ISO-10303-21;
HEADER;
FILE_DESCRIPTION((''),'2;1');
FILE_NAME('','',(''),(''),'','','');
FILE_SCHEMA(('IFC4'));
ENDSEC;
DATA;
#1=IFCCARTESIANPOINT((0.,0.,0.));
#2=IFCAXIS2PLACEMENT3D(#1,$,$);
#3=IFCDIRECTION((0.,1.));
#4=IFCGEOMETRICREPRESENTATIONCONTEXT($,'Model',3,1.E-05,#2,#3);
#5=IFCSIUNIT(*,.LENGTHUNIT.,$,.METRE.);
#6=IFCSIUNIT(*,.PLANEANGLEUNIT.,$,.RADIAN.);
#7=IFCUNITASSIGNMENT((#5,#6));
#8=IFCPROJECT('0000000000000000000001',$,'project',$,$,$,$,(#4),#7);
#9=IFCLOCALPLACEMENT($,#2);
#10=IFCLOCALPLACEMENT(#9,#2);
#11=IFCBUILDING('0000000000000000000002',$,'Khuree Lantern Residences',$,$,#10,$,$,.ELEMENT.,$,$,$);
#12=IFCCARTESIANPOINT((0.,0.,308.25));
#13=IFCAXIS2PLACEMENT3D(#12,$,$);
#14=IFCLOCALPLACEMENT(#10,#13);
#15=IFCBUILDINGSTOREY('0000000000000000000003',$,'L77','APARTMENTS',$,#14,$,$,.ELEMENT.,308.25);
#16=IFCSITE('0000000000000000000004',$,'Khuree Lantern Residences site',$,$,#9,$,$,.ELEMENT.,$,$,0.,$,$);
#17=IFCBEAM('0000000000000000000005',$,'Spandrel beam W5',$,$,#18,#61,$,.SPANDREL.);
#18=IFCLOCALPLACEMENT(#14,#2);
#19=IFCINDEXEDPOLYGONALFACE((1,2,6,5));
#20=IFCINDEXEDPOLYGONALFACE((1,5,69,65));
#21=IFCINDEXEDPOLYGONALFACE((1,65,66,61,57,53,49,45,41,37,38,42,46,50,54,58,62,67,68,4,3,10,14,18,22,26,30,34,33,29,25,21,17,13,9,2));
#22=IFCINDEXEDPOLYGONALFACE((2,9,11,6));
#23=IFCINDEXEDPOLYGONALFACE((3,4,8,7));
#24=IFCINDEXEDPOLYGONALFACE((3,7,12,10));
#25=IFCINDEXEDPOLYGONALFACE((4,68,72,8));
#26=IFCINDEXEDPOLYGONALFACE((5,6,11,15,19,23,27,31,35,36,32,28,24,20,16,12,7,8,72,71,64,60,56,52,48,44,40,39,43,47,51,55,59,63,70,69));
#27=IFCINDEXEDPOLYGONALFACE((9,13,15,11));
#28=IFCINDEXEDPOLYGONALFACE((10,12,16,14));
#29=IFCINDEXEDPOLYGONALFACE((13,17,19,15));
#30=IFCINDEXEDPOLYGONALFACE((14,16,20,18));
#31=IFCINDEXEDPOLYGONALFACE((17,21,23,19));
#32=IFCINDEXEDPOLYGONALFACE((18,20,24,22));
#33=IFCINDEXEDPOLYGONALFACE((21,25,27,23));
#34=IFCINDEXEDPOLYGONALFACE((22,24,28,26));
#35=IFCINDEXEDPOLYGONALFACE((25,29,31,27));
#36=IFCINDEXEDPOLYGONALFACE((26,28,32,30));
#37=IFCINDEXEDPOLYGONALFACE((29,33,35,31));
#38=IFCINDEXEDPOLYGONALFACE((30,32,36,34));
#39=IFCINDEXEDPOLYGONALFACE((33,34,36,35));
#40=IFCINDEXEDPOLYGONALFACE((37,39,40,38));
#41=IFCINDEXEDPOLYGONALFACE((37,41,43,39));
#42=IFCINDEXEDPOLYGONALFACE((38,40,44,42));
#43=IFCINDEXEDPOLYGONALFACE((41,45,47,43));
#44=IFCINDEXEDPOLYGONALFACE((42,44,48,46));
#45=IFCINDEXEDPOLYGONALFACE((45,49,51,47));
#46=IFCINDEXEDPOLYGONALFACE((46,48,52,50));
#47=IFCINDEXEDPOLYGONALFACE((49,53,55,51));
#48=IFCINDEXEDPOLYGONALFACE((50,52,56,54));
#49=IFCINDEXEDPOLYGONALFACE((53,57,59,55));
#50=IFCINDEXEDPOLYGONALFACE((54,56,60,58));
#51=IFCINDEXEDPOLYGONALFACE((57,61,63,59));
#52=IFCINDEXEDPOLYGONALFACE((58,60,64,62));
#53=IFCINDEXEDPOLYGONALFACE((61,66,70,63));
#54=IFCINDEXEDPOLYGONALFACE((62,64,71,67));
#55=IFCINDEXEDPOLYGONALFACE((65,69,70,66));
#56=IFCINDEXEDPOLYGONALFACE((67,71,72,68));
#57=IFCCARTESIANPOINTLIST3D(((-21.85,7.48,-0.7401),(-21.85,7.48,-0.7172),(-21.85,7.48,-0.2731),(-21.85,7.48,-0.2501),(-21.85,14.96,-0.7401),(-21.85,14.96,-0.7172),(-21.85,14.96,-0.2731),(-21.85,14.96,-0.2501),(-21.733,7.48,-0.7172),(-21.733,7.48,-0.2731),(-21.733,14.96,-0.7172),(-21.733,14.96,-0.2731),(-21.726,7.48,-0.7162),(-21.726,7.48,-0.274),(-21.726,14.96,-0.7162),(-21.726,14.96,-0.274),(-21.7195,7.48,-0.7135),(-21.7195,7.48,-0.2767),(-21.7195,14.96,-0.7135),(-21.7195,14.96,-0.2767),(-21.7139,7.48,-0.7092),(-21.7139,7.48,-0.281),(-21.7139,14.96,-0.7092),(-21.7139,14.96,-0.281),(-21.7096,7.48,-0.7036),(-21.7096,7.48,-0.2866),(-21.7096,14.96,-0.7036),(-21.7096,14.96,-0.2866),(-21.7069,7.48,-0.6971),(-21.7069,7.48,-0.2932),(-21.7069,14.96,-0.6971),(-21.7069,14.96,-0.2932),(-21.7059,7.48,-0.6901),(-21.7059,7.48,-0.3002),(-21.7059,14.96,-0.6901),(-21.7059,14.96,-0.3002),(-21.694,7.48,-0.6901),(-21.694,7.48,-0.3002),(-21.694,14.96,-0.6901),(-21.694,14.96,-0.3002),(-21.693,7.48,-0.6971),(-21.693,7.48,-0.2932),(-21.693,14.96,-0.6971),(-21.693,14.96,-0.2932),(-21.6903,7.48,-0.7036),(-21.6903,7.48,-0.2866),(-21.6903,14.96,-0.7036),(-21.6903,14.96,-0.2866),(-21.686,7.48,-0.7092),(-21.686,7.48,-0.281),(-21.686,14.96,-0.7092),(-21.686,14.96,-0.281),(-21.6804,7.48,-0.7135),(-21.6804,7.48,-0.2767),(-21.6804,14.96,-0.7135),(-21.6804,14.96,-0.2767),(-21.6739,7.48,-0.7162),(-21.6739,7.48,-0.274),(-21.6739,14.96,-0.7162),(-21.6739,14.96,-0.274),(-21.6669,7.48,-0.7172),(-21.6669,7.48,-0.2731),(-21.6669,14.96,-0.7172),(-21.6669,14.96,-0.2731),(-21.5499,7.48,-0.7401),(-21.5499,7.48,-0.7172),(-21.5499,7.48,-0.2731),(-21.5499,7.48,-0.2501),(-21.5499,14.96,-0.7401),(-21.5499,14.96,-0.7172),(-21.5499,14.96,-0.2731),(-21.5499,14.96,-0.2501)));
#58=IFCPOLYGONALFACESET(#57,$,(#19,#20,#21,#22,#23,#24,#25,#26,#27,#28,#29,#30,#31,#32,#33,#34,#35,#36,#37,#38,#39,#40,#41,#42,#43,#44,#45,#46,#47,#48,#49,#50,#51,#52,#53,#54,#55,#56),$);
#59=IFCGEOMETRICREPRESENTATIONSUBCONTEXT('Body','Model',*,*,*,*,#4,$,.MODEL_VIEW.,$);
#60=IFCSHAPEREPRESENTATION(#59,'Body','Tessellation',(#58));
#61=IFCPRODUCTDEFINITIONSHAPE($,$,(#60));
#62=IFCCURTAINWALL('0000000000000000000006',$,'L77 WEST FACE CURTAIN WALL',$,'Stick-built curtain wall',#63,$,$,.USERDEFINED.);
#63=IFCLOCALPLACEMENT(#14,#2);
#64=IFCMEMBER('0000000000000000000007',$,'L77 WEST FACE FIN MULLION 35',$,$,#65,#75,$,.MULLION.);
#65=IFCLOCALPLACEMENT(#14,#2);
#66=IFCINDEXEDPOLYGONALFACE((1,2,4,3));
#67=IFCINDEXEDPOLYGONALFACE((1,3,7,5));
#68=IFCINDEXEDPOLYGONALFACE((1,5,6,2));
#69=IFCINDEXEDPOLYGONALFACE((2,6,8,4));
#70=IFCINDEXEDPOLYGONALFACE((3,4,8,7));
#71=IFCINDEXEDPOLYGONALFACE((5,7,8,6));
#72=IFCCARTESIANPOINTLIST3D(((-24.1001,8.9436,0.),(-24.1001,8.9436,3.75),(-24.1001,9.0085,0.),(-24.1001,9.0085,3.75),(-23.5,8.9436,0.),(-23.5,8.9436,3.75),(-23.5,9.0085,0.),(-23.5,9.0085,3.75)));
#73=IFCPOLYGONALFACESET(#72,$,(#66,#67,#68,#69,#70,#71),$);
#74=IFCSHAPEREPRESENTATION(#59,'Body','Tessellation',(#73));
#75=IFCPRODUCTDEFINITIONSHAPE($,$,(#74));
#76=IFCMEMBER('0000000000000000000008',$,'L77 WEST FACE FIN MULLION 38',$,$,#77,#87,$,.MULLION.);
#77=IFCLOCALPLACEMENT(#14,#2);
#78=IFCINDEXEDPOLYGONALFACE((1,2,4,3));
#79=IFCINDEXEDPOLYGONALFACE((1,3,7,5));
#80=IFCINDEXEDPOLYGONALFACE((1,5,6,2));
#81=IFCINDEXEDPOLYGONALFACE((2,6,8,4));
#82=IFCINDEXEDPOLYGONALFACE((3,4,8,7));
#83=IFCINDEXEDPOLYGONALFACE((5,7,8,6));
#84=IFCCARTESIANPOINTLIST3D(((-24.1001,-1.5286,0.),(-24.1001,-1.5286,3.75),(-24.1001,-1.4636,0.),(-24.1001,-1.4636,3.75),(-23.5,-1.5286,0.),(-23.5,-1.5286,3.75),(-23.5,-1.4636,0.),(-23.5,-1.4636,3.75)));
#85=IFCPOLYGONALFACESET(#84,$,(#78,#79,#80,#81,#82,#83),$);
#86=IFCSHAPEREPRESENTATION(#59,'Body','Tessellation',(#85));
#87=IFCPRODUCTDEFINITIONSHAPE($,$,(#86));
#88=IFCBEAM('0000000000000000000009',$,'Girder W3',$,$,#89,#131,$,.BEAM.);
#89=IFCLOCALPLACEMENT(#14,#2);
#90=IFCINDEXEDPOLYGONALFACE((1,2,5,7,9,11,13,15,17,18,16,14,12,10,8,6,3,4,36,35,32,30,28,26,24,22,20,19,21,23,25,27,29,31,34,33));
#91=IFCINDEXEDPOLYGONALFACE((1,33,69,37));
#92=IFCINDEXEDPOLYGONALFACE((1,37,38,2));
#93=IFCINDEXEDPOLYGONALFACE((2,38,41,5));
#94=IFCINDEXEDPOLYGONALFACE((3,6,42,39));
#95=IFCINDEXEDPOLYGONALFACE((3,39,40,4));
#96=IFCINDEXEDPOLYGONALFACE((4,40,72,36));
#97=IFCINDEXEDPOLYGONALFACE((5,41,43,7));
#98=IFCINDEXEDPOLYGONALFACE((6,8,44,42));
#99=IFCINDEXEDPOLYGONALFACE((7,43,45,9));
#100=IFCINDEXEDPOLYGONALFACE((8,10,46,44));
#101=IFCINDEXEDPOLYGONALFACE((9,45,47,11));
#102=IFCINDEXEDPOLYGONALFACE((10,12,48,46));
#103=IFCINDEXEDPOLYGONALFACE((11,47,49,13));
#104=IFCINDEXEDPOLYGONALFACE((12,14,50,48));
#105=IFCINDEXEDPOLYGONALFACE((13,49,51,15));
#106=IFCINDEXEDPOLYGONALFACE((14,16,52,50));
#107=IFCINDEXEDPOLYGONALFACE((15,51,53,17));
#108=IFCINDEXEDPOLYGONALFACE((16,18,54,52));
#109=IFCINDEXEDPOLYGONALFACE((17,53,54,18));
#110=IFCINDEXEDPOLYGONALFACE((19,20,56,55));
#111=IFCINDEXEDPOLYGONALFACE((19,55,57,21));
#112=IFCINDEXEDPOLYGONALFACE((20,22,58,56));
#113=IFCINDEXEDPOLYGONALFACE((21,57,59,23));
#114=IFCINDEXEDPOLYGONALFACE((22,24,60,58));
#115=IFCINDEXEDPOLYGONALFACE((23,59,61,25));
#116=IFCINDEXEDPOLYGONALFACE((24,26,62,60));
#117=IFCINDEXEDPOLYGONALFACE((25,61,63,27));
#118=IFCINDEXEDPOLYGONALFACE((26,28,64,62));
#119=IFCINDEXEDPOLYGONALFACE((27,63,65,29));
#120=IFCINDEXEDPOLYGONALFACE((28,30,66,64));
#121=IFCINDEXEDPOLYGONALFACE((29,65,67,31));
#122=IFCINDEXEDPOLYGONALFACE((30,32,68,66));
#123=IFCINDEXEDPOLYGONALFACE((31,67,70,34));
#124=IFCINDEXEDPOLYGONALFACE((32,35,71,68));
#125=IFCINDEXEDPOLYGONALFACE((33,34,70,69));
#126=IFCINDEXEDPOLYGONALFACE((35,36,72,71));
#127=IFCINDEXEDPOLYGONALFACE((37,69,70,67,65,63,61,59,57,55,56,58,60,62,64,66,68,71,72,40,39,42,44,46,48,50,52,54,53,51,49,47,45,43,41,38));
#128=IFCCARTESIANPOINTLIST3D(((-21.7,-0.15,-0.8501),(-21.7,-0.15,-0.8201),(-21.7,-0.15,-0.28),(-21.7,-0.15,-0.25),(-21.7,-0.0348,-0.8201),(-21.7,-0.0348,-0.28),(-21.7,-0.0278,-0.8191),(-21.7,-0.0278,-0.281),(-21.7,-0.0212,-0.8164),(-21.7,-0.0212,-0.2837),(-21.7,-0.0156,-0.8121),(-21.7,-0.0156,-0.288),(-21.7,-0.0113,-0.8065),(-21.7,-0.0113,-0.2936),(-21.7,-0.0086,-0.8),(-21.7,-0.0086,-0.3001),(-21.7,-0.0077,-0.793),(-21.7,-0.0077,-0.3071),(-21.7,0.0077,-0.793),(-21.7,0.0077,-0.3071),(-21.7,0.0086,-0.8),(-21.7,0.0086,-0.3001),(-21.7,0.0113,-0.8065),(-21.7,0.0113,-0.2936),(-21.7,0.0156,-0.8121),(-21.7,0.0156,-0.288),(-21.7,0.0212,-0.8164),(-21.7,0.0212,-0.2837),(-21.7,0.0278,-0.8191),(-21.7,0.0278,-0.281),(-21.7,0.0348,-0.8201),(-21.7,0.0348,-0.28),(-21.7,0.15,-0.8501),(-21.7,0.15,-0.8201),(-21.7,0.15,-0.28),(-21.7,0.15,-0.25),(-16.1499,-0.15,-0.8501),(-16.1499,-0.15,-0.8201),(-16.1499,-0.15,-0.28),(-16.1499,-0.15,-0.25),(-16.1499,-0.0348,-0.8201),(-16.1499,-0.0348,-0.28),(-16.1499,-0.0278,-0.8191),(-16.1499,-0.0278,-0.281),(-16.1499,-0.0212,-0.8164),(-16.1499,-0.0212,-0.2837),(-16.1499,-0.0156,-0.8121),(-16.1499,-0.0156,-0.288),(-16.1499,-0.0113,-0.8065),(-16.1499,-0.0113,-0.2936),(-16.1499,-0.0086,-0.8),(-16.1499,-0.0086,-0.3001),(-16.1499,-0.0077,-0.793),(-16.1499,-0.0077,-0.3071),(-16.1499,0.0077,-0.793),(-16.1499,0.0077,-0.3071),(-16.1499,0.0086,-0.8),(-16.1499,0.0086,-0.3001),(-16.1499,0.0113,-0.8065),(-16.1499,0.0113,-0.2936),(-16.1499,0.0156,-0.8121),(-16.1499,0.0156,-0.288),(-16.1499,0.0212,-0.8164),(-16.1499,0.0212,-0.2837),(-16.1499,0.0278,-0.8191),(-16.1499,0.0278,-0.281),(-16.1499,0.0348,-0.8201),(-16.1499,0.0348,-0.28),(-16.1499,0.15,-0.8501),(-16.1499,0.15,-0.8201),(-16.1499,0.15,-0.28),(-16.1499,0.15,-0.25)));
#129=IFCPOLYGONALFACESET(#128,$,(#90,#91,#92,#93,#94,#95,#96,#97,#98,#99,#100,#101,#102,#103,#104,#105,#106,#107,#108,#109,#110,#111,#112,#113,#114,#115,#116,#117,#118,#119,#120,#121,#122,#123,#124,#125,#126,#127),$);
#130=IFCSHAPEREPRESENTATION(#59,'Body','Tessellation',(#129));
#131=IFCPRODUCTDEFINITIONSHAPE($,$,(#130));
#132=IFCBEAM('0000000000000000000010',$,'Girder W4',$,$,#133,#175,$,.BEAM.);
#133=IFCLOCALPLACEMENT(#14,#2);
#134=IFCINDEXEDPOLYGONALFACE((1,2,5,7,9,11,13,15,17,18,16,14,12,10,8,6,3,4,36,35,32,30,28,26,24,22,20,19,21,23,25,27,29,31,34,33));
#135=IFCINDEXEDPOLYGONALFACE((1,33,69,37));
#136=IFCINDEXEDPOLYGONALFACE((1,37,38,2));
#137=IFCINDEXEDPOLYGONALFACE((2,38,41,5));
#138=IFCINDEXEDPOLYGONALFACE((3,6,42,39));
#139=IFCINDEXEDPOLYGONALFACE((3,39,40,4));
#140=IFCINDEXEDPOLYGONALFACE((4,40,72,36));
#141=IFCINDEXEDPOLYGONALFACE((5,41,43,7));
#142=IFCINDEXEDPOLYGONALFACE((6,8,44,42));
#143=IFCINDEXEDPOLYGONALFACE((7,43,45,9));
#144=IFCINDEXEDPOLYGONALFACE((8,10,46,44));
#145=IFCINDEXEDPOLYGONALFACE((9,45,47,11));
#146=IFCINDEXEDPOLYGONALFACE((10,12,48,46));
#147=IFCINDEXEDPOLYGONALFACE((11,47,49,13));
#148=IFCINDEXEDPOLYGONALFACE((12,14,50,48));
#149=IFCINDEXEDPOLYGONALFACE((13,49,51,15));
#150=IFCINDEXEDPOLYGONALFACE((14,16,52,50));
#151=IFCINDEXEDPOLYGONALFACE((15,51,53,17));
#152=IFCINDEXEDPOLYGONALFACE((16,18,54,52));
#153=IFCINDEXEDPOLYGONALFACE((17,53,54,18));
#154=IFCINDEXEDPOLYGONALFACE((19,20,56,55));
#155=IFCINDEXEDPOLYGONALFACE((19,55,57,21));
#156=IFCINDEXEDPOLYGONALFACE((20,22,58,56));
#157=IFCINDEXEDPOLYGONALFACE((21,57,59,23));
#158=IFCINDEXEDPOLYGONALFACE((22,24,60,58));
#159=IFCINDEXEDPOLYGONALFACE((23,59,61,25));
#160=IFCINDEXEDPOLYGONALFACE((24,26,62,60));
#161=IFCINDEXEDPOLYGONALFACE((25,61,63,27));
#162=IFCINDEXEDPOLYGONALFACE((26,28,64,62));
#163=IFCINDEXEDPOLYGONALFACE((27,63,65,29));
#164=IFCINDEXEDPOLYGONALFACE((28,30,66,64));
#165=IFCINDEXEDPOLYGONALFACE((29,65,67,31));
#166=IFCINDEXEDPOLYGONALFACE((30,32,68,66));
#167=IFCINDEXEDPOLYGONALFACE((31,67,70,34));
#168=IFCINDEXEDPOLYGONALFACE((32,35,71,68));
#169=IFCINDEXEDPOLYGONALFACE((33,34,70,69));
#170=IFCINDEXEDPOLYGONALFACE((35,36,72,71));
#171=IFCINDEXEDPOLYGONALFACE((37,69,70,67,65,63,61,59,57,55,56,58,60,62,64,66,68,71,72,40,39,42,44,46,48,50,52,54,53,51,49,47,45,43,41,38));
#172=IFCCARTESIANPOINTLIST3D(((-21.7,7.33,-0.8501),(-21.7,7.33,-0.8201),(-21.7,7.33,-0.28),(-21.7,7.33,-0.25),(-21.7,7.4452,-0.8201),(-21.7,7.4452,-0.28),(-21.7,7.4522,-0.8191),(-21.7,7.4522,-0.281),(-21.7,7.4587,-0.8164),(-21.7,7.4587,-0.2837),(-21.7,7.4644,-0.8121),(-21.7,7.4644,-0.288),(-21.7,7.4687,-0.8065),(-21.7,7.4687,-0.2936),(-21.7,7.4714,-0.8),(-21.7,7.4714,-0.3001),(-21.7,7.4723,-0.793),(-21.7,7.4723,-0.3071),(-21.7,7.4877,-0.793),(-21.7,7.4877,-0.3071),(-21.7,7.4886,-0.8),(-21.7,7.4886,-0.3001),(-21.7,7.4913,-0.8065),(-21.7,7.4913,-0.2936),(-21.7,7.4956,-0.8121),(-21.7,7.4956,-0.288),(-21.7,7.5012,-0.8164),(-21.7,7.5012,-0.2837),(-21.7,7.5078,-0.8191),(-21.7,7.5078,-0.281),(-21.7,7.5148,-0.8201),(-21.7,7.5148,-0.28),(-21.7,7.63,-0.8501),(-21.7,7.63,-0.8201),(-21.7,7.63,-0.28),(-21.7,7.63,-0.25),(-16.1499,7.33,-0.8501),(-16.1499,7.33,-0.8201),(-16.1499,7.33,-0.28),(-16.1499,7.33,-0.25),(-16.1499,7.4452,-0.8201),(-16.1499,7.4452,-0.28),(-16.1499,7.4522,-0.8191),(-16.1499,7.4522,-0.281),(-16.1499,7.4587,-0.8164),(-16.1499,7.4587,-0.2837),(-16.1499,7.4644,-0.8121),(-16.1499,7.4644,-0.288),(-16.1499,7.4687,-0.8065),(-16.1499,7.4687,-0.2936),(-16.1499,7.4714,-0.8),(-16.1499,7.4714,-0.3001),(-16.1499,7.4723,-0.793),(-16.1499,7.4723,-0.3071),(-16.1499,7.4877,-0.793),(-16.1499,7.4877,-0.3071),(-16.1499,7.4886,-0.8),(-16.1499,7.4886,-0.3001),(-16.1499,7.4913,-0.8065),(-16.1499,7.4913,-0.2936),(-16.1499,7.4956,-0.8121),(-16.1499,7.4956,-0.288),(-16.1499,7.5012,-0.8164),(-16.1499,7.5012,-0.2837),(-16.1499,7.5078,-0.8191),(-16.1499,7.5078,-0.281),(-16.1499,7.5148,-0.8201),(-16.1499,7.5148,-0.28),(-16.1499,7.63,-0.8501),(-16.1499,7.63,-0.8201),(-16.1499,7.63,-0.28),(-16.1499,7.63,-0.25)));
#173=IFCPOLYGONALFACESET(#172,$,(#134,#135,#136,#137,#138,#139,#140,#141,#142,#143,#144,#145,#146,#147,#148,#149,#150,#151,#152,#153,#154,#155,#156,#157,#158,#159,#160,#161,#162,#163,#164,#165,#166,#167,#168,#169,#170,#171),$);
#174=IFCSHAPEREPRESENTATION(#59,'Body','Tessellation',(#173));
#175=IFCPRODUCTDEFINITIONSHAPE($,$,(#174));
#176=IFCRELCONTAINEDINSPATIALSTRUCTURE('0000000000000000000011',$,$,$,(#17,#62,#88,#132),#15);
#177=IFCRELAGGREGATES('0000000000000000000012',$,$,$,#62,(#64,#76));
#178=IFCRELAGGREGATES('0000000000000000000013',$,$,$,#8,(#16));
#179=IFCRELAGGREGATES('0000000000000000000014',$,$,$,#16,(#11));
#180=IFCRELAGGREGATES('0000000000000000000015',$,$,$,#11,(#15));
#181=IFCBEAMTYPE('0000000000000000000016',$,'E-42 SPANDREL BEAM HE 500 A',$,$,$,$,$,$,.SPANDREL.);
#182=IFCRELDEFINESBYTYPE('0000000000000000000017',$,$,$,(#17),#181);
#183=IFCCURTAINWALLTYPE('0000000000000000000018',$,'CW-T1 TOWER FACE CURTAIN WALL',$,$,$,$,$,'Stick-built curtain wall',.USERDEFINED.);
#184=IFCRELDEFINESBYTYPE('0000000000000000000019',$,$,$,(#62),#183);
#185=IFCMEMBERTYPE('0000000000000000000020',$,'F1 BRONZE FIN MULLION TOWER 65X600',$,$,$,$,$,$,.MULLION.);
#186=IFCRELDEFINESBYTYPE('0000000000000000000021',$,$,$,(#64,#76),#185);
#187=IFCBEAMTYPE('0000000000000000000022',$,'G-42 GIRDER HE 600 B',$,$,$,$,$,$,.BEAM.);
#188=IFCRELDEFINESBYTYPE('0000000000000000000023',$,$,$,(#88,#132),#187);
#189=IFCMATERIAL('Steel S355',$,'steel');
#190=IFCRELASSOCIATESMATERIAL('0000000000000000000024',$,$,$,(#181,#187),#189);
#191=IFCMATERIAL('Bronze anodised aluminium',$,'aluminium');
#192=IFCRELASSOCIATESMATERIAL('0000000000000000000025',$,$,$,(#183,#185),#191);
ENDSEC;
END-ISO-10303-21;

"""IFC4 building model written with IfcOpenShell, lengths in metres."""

from ifc_helpers import new_model, si_unit, direction, frame, origin, origin_2d, place, context, subcontext, project, spatial, rectangle, i_section, extrude, material, material_profile, profile_set, type_object, element, aggregate, save


model = new_model("IFC4")

# Units and contexts
model_context = context("Model", 3, precision=1e-05, world=origin(), true_north=direction((0.0, 1.0)))
body_context = subcontext(model_context, "Body", "Model", "MODEL_VIEW")
ifc_project = project(units=[si_unit("LENGTHUNIT", "METRE"), si_unit("PLANEANGLEUNIT", "RADIAN")], contexts=[model_context])

# Site, building, storey
site_placement = place(None, origin())
site = spatial("IfcSite", under=ifc_project, at=site_placement, Name="Khuree Lantern Residences site", CompositionType="ELEMENT", RefElevation=0.0)
building_placement = place(site_placement, origin())
building = spatial("IfcBuilding", under=site, at=building_placement, Name="Khuree Lantern Residences", CompositionType="ELEMENT")
storey_placement = place(building_placement, frame((0.0, 0.0, 308.25)))
storey = spatial("IfcBuildingStorey", under=building, at=storey_placement, Name="L77", Description="APARTMENTS", CompositionType="ELEMENT", Elevation=308.25)

# Beam
ifc_material_1 = material(Name="Steel S355", Category="steel")
ifc_material_profile_1 = material_profile(ifc_material_1, i_section(OverallWidth=0.3, OverallDepth=0.49, WebThickness=0.012, FlangeThickness=0.0229, FilletRadius=0.0271, at=origin_2d()), Name="HE 500 A")
ifc_profile_set_1 = profile_set([ifc_material_profile_1], Name="Steel S355")
beam_type_1 = type_object("IfcBeamType", Name="E-42 SPANDREL BEAM HE 500 A", PredefinedType="SPANDREL", material=ifc_profile_set_1)
for number, where, z_axis, x_axis, name in (
    (1, (-21.7, 7.48, -0.4951), (0.0, 1.0, 0.0), (-1.0, 0.0, 0.0), "Spandrel beam W5"),
):
    element("IfcBeam", number, at=place(storey_placement, frame(where, z_axis=z_axis, x_axis=x_axis)), inside=storey, type_object=beam_type_1, Name=name, PredefinedType="SPANDREL", context=body_context, shape_type="SweptSolid", body=[
        extrude(i_section(OverallWidth=0.3, OverallDepth=0.49, WebThickness=0.012, FlangeThickness=0.0229, FilletRadius=0.0271, at=origin_2d()), origin(), (0.0, 0.0, 1.0), 7.48),
    ])

# Curtain wall, members
ifc_material_2 = material(Name="Bronze anodised aluminium", Category="aluminium")
curtain_wall_type = type_object("IfcCurtainWallType", Name="CW-T1 TOWER FACE CURTAIN WALL", ElementType="Stick-built curtain wall", PredefinedType="USERDEFINED", material=ifc_material_2)
curtain_wall_placement = place(storey_placement, origin())
curtain_wall = element("IfcCurtainWall", 2, at=curtain_wall_placement, inside=storey, type_object=curtain_wall_type, Name="L77 WEST FACE CURTAIN WALL", ObjectType="Stick-built curtain wall", PredefinedType="USERDEFINED")
ifc_material_profile_2 = material_profile(ifc_material_2, rectangle(XDim=0.0649, YDim=0.6001, at=origin_2d()), Name="F1 65X600")
ifc_profile_set_2 = profile_set([ifc_material_profile_2], Name="Bronze anodised aluminium")
member_type_1 = type_object("IfcMemberType", Name="F1 BRONZE FIN MULLION TOWER 65X600", PredefinedType="MULLION", material=ifc_profile_set_2)
member_1_placement = place(storey_placement, frame((-23.8, 8.9761, 0.0), z_axis=(0.0, 0.0, 1.0), x_axis=(0.0, -1.0, 0.0)))
member_1 = element("IfcMember", 3, at=member_1_placement, type_object=member_type_1, Name="L77 WEST FACE FIN MULLION 35", PredefinedType="MULLION", context=body_context, shape_type="SweptSolid", body=[
    extrude(rectangle(XDim=0.0649, YDim=0.6001, at=origin_2d()), origin(), (0.0, 0.0, 1.0), 3.75),
])
member_2_placement = place(storey_placement, frame((-23.8, -1.4961, 0.0), z_axis=(0.0, 0.0, 1.0), x_axis=(0.0, -1.0, 0.0)))
member_2 = element("IfcMember", 4, at=member_2_placement, type_object=member_type_1, Name="L77 WEST FACE FIN MULLION 38", PredefinedType="MULLION", context=body_context, shape_type="SweptSolid", body=[
    extrude(rectangle(XDim=0.0649, YDim=0.6001, at=origin_2d()), origin(), (0.0, 0.0, 1.0), 3.75),
])

# Beams
ifc_material_profile_3 = material_profile(ifc_material_1, i_section(OverallWidth=0.3, OverallDepth=0.6001, WebThickness=0.0154, FlangeThickness=0.03, FilletRadius=0.0271, at=origin_2d()), Name="HE 600 B")
ifc_profile_set_3 = profile_set([ifc_material_profile_3], Name="Steel S355")
beam_type_2 = type_object("IfcBeamType", Name="G-42 GIRDER HE 600 B", PredefinedType="BEAM", material=ifc_profile_set_3)
for number, where, z_axis, x_axis, name in (
    (5, (-21.7, 0.0, -0.55), (1.0, 0.0, 0.0), (0.0, 1.0, 0.0), "Girder W3"),
    (6, (-21.7, 7.48, -0.55), (1.0, 0.0, 0.0), (0.0, 1.0, 0.0), "Girder W4"),
):
    element("IfcBeam", number, at=place(storey_placement, frame(where, z_axis=z_axis, x_axis=x_axis)), inside=storey, type_object=beam_type_2, Name=name, PredefinedType="BEAM", context=body_context, shape_type="SweptSolid", body=[
        extrude(i_section(OverallWidth=0.3, OverallDepth=0.6001, WebThickness=0.0154, FlangeThickness=0.03, FilletRadius=0.0271, at=origin_2d()), origin(), (0.0, 0.0, 1.0), 5.55),
    ])

aggregate(curtain_wall, [member_1, member_2])

save(model, "model.ifc")
